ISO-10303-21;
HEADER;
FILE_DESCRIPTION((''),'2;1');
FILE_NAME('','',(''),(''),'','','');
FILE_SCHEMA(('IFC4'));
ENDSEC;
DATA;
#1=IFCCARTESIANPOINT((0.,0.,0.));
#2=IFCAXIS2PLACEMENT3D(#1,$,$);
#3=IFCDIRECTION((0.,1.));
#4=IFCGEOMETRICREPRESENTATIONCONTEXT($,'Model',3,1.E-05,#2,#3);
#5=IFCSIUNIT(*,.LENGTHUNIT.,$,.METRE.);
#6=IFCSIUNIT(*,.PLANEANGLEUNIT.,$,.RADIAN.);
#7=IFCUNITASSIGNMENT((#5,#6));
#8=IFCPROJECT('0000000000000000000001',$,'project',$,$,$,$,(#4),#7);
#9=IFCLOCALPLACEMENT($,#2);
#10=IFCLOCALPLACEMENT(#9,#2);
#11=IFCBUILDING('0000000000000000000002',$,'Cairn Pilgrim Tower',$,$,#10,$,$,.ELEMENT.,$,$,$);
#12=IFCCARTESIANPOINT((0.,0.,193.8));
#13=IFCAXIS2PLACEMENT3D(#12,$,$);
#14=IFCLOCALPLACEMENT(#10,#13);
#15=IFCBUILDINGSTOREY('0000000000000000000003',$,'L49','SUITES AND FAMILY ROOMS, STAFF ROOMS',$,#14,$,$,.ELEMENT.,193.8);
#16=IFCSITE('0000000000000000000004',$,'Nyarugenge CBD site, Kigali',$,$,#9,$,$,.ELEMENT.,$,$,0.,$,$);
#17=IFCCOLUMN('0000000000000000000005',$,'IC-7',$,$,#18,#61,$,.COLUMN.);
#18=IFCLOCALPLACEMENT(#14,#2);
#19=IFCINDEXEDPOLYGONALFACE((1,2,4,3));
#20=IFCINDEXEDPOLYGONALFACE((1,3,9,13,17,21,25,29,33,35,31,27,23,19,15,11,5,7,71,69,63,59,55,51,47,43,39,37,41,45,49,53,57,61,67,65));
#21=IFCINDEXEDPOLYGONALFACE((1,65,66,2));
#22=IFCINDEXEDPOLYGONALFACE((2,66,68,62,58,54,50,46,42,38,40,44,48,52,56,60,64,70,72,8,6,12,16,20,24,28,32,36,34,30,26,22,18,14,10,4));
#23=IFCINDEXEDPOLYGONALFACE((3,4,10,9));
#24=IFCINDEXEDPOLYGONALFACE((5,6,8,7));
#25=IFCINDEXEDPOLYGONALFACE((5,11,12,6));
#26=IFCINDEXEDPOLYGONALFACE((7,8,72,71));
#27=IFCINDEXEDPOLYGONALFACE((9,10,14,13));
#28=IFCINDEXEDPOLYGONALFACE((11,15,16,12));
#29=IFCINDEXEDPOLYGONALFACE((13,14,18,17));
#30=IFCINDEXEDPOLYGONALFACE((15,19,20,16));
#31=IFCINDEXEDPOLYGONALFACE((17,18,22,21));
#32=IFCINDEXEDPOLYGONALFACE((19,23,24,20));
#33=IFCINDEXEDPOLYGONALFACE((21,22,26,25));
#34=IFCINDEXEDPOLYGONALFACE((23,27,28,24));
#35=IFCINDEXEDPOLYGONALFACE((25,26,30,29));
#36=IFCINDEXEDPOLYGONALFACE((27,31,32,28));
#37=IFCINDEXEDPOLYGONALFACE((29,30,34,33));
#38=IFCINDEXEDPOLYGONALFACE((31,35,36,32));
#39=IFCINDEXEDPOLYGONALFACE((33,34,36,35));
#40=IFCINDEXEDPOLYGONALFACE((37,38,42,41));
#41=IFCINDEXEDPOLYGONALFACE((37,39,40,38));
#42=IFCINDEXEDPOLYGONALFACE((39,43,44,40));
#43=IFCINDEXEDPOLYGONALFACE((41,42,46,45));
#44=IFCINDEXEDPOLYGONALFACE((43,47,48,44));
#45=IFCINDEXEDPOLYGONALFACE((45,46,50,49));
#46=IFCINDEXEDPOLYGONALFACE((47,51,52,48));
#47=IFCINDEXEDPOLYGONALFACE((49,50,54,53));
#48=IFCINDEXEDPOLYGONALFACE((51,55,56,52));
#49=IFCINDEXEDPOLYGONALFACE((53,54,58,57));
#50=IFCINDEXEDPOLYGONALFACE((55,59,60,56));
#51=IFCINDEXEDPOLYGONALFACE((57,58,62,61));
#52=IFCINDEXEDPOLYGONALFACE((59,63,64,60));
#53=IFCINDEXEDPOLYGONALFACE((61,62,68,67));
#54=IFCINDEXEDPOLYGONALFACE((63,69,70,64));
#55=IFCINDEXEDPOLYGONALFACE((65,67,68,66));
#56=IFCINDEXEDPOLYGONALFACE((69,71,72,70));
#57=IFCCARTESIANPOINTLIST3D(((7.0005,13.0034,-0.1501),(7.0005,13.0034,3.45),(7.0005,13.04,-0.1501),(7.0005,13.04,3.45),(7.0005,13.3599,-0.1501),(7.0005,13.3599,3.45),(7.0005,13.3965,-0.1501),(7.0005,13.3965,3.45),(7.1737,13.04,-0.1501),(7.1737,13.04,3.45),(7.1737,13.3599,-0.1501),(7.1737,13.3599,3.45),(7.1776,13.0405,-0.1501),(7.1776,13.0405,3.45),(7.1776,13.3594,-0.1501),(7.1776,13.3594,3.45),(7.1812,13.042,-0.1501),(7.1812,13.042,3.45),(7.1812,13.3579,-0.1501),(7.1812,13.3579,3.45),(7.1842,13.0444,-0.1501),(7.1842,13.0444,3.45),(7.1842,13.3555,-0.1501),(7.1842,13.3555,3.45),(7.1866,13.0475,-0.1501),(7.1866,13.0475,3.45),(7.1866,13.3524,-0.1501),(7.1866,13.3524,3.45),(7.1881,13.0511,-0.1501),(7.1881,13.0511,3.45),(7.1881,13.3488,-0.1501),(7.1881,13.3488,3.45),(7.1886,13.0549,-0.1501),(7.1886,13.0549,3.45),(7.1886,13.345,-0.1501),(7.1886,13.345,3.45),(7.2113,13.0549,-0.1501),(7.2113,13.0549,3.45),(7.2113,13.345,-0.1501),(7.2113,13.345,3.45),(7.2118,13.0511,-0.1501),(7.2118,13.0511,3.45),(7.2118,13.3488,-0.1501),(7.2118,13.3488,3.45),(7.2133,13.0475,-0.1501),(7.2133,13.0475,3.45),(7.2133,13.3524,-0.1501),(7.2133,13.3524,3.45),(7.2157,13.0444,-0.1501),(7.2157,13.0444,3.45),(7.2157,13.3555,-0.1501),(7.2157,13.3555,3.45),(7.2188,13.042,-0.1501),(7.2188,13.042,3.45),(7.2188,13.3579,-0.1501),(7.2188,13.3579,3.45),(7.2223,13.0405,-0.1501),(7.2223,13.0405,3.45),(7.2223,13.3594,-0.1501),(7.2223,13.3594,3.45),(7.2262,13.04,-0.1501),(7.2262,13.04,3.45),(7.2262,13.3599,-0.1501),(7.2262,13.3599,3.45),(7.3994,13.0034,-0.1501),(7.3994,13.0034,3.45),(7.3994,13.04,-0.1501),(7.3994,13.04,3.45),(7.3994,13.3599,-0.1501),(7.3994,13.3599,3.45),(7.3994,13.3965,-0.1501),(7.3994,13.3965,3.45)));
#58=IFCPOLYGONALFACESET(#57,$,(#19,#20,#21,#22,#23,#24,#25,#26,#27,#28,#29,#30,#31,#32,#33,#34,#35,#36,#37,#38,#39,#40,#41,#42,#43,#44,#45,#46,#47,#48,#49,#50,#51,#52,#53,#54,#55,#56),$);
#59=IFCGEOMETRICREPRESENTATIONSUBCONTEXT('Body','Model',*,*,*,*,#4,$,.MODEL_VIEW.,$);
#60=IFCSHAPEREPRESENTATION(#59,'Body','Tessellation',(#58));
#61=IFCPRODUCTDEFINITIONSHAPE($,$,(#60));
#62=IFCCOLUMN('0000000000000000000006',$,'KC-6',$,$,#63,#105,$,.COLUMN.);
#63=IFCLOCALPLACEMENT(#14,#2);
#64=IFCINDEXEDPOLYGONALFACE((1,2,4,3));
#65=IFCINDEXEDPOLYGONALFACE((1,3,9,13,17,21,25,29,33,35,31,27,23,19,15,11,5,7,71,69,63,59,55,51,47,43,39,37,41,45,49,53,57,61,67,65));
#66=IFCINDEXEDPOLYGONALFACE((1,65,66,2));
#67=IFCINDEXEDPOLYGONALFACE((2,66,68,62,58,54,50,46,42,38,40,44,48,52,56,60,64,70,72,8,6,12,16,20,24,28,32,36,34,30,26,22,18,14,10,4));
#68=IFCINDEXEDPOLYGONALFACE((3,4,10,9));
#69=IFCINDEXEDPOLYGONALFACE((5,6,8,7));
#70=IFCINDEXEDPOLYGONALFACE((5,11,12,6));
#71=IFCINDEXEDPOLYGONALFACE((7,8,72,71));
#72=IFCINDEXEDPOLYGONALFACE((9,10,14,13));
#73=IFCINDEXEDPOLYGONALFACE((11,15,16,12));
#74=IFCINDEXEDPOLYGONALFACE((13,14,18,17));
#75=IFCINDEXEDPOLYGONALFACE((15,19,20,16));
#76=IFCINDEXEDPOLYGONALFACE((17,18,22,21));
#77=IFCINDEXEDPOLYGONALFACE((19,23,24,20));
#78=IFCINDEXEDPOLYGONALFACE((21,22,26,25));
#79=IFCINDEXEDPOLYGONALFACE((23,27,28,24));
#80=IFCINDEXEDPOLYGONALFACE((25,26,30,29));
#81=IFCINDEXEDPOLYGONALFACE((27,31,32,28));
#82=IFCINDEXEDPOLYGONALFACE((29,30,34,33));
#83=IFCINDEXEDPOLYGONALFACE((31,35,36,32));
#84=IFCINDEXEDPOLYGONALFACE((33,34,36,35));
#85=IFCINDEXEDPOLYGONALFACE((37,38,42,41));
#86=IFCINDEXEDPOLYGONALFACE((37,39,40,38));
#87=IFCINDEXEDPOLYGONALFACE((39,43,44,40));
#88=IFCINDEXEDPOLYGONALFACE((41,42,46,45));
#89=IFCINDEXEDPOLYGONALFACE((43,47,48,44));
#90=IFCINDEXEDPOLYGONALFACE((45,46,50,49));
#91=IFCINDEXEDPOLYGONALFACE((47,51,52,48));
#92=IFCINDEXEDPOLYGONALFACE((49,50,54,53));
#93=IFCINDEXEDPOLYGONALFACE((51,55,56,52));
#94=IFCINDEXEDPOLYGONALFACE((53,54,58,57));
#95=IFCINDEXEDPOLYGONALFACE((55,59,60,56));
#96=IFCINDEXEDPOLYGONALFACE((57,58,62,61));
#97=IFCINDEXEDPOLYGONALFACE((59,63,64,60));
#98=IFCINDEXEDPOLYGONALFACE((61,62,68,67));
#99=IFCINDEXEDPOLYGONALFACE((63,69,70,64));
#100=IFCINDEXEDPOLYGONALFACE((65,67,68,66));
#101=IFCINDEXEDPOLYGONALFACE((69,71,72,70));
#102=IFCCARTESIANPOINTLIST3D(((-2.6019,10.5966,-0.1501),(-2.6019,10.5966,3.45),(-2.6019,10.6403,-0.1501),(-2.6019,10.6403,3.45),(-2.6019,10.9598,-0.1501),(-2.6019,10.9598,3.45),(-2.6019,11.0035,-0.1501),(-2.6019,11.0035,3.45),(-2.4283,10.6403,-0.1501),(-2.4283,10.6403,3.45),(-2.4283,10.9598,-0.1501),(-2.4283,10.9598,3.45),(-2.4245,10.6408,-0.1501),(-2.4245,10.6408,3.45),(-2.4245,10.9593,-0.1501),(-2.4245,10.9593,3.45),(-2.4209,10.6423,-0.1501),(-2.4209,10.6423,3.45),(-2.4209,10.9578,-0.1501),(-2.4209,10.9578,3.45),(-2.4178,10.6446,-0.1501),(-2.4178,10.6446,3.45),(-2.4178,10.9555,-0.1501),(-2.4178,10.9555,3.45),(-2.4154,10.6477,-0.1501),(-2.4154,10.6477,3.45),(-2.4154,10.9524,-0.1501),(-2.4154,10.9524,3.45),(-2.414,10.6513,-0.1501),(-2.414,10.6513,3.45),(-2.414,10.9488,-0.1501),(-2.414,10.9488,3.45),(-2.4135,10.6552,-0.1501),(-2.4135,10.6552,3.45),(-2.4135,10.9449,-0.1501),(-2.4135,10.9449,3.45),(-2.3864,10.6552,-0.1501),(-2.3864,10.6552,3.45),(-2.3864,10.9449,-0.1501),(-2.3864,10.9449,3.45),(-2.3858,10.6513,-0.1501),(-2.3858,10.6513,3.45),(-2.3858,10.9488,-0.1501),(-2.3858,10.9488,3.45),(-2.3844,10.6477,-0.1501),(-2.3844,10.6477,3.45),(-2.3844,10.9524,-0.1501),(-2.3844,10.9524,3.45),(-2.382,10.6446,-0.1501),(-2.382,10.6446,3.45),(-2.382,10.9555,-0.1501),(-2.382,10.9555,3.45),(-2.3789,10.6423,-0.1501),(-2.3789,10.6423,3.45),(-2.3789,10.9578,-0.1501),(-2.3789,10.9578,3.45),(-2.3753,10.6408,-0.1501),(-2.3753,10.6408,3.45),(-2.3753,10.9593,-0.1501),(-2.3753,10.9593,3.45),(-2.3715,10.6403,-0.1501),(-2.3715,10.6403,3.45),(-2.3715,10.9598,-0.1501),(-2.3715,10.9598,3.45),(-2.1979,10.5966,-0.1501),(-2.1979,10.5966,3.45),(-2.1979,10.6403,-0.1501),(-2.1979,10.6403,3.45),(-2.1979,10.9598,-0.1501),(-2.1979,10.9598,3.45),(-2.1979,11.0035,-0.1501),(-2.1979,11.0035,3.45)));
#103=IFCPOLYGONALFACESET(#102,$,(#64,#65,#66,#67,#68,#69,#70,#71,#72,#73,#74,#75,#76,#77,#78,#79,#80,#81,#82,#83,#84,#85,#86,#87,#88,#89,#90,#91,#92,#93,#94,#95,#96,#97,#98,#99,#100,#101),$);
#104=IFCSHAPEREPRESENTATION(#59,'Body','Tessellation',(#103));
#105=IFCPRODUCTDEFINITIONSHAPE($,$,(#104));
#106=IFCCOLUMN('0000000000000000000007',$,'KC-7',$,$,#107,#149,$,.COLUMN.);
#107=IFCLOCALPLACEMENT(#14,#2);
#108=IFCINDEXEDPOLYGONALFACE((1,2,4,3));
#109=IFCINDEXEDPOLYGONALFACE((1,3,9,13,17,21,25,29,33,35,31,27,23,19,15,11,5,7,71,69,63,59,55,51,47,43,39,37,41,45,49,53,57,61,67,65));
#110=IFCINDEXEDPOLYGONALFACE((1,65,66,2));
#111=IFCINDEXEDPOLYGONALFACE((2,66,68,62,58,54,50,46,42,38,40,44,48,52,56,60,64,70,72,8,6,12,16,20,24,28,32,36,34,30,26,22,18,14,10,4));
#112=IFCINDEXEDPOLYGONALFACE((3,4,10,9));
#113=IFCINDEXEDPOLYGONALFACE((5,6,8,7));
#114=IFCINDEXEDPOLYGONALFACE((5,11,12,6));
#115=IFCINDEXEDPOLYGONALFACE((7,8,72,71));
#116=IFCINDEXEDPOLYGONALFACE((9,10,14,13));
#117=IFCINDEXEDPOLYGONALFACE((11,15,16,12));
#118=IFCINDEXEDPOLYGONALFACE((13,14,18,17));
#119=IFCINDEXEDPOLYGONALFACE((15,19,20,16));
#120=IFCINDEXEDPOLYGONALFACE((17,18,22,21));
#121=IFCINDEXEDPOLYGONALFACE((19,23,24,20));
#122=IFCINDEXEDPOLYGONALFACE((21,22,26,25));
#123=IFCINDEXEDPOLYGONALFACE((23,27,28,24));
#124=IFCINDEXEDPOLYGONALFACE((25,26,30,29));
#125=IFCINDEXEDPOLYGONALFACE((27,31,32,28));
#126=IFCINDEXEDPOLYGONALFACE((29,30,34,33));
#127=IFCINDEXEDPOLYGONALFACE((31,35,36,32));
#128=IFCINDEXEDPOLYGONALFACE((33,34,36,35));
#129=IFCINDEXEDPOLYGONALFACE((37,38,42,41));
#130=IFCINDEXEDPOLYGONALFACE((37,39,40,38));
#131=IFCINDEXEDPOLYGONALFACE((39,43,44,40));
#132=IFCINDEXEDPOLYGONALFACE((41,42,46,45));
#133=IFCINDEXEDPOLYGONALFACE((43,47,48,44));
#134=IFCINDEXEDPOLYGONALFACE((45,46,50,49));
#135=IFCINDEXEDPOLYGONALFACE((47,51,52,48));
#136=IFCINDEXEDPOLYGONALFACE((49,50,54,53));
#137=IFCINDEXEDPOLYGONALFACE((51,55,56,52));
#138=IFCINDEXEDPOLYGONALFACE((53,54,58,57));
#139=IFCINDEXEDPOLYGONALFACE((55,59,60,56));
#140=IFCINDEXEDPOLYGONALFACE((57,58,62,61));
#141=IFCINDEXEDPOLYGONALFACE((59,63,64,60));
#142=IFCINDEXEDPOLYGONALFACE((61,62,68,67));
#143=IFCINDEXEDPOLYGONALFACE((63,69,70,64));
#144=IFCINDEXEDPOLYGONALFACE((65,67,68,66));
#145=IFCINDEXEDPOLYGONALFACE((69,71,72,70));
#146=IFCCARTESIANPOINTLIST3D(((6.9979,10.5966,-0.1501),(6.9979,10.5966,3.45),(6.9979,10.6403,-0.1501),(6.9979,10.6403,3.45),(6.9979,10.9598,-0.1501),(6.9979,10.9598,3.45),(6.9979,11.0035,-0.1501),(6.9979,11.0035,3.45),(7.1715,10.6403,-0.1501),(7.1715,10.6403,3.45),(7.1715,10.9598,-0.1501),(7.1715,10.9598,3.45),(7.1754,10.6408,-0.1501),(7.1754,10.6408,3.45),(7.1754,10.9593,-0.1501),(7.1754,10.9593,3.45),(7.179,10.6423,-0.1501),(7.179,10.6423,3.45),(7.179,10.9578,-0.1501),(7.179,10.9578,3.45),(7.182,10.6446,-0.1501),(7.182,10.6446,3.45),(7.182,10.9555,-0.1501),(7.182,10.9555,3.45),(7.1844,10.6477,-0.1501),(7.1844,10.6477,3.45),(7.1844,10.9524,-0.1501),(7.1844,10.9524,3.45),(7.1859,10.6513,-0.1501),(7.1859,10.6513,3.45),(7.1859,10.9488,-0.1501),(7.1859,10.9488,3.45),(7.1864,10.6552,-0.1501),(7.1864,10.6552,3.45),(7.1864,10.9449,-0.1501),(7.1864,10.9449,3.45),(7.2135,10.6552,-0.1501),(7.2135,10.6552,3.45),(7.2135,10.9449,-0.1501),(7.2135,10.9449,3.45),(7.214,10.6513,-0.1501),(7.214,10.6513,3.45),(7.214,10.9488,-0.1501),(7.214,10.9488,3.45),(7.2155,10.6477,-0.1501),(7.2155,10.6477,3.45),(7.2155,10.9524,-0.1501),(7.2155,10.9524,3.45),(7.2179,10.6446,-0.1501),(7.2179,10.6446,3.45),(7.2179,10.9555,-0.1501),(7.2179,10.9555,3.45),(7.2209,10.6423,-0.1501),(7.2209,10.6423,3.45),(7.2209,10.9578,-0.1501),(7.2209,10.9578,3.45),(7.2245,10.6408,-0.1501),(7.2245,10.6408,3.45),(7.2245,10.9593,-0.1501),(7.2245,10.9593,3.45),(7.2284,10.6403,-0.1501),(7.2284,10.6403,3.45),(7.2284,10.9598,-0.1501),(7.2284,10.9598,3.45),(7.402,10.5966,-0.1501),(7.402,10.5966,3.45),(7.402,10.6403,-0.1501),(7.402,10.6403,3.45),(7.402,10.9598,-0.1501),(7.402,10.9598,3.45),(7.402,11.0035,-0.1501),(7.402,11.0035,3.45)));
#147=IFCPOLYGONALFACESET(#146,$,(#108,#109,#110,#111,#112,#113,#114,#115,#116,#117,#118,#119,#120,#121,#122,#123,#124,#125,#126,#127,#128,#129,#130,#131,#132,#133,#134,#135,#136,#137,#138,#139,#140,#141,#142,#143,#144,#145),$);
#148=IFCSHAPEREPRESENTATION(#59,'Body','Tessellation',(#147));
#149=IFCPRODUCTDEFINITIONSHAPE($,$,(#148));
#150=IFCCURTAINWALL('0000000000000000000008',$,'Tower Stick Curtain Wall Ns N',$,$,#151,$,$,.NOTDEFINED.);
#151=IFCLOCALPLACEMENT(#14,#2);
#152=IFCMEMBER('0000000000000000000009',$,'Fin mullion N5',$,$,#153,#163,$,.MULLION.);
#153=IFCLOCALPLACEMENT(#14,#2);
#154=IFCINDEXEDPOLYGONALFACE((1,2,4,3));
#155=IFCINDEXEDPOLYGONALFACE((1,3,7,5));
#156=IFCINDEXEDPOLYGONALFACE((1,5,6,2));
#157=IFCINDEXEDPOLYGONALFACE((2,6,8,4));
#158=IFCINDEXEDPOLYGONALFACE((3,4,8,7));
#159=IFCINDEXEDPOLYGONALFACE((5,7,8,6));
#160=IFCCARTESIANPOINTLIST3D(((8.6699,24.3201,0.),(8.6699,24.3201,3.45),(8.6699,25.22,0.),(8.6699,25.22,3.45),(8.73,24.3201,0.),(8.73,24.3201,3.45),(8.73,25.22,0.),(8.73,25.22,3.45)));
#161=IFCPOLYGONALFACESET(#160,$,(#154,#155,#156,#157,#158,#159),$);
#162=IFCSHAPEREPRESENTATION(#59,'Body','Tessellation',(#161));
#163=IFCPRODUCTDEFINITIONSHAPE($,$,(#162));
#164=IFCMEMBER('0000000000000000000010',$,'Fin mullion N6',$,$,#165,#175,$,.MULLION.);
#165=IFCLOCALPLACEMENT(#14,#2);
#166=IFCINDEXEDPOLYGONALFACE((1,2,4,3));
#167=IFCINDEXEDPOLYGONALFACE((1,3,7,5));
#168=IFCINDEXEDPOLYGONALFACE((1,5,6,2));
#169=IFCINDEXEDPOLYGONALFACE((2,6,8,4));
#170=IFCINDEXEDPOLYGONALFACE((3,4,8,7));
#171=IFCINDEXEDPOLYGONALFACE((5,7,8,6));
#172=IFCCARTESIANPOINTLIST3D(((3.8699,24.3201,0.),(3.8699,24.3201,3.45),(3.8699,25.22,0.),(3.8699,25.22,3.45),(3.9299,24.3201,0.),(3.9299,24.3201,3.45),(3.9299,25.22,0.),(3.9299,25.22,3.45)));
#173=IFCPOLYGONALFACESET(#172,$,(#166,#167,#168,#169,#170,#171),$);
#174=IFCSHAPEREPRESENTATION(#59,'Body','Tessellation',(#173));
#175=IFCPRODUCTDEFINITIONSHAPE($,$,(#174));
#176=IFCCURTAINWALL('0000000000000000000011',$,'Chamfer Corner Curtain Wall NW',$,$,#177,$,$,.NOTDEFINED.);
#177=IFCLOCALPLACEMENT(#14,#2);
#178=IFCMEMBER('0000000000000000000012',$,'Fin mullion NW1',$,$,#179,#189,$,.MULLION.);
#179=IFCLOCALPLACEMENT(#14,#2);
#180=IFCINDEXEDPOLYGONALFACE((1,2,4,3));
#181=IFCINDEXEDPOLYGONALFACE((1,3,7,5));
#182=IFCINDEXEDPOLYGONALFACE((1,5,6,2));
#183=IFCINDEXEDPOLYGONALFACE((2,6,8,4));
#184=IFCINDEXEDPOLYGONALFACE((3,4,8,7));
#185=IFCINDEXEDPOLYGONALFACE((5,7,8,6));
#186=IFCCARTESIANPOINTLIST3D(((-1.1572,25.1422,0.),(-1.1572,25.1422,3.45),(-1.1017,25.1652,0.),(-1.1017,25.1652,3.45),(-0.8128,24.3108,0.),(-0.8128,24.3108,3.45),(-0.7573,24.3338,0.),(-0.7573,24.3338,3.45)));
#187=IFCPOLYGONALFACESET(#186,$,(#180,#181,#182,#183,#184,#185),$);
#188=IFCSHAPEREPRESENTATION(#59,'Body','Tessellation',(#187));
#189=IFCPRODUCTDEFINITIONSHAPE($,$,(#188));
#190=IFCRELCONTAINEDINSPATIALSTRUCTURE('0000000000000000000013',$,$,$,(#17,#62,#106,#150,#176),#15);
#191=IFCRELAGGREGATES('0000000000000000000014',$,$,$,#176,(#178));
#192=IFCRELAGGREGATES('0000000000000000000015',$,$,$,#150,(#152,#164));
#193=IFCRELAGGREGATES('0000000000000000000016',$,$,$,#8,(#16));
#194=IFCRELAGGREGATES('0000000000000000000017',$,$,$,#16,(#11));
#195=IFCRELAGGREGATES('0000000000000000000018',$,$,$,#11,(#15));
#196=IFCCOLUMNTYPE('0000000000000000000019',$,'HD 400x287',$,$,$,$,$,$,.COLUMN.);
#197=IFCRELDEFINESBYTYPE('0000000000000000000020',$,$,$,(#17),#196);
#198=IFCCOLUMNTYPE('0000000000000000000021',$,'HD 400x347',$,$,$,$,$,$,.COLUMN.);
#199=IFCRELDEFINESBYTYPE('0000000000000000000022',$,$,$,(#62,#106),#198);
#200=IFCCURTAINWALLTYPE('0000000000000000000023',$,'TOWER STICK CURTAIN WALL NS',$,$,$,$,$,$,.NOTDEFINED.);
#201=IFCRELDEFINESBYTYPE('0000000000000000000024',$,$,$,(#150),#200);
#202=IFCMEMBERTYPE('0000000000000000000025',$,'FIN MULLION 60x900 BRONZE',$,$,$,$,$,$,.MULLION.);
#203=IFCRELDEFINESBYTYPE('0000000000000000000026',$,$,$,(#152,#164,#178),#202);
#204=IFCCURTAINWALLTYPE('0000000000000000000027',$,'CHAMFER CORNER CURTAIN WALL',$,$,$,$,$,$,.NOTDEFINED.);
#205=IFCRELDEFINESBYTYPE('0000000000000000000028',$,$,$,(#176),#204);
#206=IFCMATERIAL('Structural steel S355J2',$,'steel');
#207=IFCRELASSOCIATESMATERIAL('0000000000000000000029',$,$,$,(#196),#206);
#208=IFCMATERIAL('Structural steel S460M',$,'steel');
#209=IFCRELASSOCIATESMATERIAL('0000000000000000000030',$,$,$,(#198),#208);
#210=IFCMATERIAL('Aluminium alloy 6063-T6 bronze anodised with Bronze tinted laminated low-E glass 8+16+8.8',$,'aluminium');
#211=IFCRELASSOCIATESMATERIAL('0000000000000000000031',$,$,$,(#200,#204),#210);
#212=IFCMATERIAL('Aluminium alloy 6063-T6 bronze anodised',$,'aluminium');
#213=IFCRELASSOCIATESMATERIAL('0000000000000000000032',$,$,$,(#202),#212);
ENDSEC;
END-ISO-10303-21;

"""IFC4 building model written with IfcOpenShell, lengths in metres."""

from ifc_helpers import new_model, si_unit, direction, frame, origin, origin_2d, place, context, subcontext, project, spatial, rectangle, i_section, extrude, material, material_profile, profile_set, type_object, element, aggregate, save


model = new_model("IFC4")

# Units and contexts
model_context = context("Model", 3, precision=1e-05, world=origin(), true_north=direction((0.0, 1.0)))
body_context = subcontext(model_context, "Body", "Model", "MODEL_VIEW")
ifc_project = project(units=[si_unit("LENGTHUNIT", "METRE"), si_unit("PLANEANGLEUNIT", "RADIAN")], contexts=[model_context])

# Site, building, storey
site_placement = place(None, origin())
site = spatial("IfcSite", under=ifc_project, at=site_placement, Name="Nyarugenge CBD site, Kigali", CompositionType="ELEMENT", RefElevation=0.0)
building_placement = place(site_placement, origin())
building = spatial("IfcBuilding", under=site, at=building_placement, Name="Cairn Pilgrim Tower", CompositionType="ELEMENT")
storey_placement = place(building_placement, frame((0.0, 0.0, 193.8)))
storey = spatial("IfcBuildingStorey", under=building, at=storey_placement, Name="L49", Description="SUITES AND FAMILY ROOMS, STAFF ROOMS", CompositionType="ELEMENT", Elevation=193.8)

# Columns
ifc_material_1 = material(Name="Structural steel S460M", Category="steel")
ifc_material_2 = material(Name="Structural steel S355J2", Category="steel")
ifc_material_profile_1 = material_profile(ifc_material_2, i_section(OverallWidth=0.3989, OverallDepth=0.3931, WebThickness=0.0227, FlangeThickness=0.0366, FilletRadius=0.0149, at=origin_2d()), Name="HD 400x287")
ifc_profile_set_1 = profile_set([ifc_material_profile_1], Name="Structural steel S355J2")
column_type_1 = type_object("IfcColumnType", Name="HD 400x287", PredefinedType="COLUMN", material=ifc_profile_set_1)
column_1_placement = place(storey_placement, frame((7.2, 13.2, -0.1501), z_axis=(0.0, 0.0, 1.0), x_axis=(1.0, 0.0, 0.0)))
element("IfcColumn", 1, at=column_1_placement, inside=storey, type_object=column_type_1, Name="IC-7", PredefinedType="COLUMN", context=body_context, shape_type="SweptSolid", body=[
    extrude(i_section(OverallWidth=0.3989, OverallDepth=0.3931, WebThickness=0.0227, FlangeThickness=0.0366, FilletRadius=0.0149, at=origin_2d()), origin(), (0.0, 0.0, 1.0), 3.6001),
])
ifc_material_profile_2 = material_profile(ifc_material_1, i_section(OverallWidth=0.4041, OverallDepth=0.407, WebThickness=0.0271, FlangeThickness=0.0437, FilletRadius=0.0149, at=origin_2d()), Name="HD 400x347")
ifc_profile_set_2 = profile_set([ifc_material_profile_2], Name="Structural steel S460M")
column_type_2 = type_object("IfcColumnType", Name="HD 400x347", PredefinedType="COLUMN", material=ifc_profile_set_2)
for number, where, z_axis, x_axis, name in (
    (2, (-2.3999, 10.8, -0.1501), (0.0, 0.0, 1.0), (1.0, 0.0, 0.0), "KC-6"),
    (3, (7.2, 10.8, -0.1501), (0.0, 0.0, 1.0), (1.0, 0.0, 0.0), "KC-7"),
):
    element("IfcColumn", number, at=place(storey_placement, frame(where, z_axis=z_axis, x_axis=x_axis)), inside=storey, type_object=column_type_2, Name=name, PredefinedType="COLUMN", context=body_context, shape_type="SweptSolid", body=[
        extrude(i_section(OverallWidth=0.4041, OverallDepth=0.407, WebThickness=0.0271, FlangeThickness=0.0437, FilletRadius=0.0149, at=origin_2d()), origin(), (0.0, 0.0, 1.0), 3.6001),
    ])

# Curtain wall, members
ifc_material_3 = material(Name="Aluminium alloy 6063-T6 bronze anodised with Bronze tinted laminated low-E glass 8+16+8.8", Category="aluminium")
curtain_wall_type_1 = type_object("IfcCurtainWallType", Name="TOWER STICK CURTAIN WALL NS", PredefinedType="NOTDEFINED", material=ifc_material_3)
curtain_wall_1_placement = place(storey_placement, origin())
curtain_wall_1 = element("IfcCurtainWall", 4, at=curtain_wall_1_placement, inside=storey, type_object=curtain_wall_type_1, Name="Tower Stick Curtain Wall Ns N", PredefinedType="NOTDEFINED")
ifc_material_4 = material(Name="Aluminium alloy 6063-T6 bronze anodised", Category="aluminium")
ifc_material_profile_3 = material_profile(ifc_material_4, rectangle(XDim=0.8999, YDim=0.0601, at=origin_2d()), Name="FIN MULLION 60x900 BRONZE")
ifc_profile_set_3 = profile_set([ifc_material_profile_3], Name="Aluminium alloy 6063-T6 bronze anodised")
member_type_1 = type_object("IfcMemberType", Name="FIN MULLION 60x900 BRONZE", PredefinedType="MULLION", material=ifc_profile_set_3)
member_1_placement = place(storey_placement, frame((8.7, 24.77, 0.0), z_axis=(0.0, 0.0, 1.0), x_axis=(0.0, 1.0, 0.0)))
member_1 = element("IfcMember", 5, at=member_1_placement, type_object=member_type_1, Name="Fin mullion N5", PredefinedType="MULLION", context=body_context, shape_type="SweptSolid", body=[
    extrude(rectangle(XDim=0.8999, YDim=0.0601, at=origin_2d()), origin(), (0.0, 0.0, 1.0), 3.45),
])
member_2_placement = place(storey_placement, frame((3.8999, 24.77, 0.0), z_axis=(0.0, 0.0, 1.0), x_axis=(0.0, 1.0, 0.0)))
member_2 = element("IfcMember", 6, at=member_2_placement, type_object=member_type_1, Name="Fin mullion N6", PredefinedType="MULLION", context=body_context, shape_type="SweptSolid", body=[
    extrude(rectangle(XDim=0.8999, YDim=0.0601, at=origin_2d()), origin(), (0.0, 0.0, 1.0), 3.45),
])

# Curtain wall, member
curtain_wall_type_2 = type_object("IfcCurtainWallType", Name="CHAMFER CORNER CURTAIN WALL", PredefinedType="NOTDEFINED", material=ifc_material_3)
curtain_wall_2_placement = place(storey_placement, origin())
curtain_wall_2 = element("IfcCurtainWall", 7, at=curtain_wall_2_placement, inside=storey, type_object=curtain_wall_type_2, Name="Chamfer Corner Curtain Wall NW", PredefinedType="NOTDEFINED")
member_3_placement = place(storey_placement, frame((-0.9573, 24.738, 0.0), z_axis=(0.0, 0.0, 1.0), x_axis=(-0.382683, 0.92388, 0.0)))
member_3 = element("IfcMember", 8, at=member_3_placement, type_object=member_type_1, Name="Fin mullion NW1", PredefinedType="MULLION", context=body_context, shape_type="SweptSolid", body=[
    extrude(rectangle(XDim=0.8999, YDim=0.0601, at=origin_2d()), origin(), (0.0, 0.0, 1.0), 3.45),
])

aggregate(curtain_wall_2, [member_3])

aggregate(curtain_wall_1, [member_1, member_2])

save(model, "model.ifc")
